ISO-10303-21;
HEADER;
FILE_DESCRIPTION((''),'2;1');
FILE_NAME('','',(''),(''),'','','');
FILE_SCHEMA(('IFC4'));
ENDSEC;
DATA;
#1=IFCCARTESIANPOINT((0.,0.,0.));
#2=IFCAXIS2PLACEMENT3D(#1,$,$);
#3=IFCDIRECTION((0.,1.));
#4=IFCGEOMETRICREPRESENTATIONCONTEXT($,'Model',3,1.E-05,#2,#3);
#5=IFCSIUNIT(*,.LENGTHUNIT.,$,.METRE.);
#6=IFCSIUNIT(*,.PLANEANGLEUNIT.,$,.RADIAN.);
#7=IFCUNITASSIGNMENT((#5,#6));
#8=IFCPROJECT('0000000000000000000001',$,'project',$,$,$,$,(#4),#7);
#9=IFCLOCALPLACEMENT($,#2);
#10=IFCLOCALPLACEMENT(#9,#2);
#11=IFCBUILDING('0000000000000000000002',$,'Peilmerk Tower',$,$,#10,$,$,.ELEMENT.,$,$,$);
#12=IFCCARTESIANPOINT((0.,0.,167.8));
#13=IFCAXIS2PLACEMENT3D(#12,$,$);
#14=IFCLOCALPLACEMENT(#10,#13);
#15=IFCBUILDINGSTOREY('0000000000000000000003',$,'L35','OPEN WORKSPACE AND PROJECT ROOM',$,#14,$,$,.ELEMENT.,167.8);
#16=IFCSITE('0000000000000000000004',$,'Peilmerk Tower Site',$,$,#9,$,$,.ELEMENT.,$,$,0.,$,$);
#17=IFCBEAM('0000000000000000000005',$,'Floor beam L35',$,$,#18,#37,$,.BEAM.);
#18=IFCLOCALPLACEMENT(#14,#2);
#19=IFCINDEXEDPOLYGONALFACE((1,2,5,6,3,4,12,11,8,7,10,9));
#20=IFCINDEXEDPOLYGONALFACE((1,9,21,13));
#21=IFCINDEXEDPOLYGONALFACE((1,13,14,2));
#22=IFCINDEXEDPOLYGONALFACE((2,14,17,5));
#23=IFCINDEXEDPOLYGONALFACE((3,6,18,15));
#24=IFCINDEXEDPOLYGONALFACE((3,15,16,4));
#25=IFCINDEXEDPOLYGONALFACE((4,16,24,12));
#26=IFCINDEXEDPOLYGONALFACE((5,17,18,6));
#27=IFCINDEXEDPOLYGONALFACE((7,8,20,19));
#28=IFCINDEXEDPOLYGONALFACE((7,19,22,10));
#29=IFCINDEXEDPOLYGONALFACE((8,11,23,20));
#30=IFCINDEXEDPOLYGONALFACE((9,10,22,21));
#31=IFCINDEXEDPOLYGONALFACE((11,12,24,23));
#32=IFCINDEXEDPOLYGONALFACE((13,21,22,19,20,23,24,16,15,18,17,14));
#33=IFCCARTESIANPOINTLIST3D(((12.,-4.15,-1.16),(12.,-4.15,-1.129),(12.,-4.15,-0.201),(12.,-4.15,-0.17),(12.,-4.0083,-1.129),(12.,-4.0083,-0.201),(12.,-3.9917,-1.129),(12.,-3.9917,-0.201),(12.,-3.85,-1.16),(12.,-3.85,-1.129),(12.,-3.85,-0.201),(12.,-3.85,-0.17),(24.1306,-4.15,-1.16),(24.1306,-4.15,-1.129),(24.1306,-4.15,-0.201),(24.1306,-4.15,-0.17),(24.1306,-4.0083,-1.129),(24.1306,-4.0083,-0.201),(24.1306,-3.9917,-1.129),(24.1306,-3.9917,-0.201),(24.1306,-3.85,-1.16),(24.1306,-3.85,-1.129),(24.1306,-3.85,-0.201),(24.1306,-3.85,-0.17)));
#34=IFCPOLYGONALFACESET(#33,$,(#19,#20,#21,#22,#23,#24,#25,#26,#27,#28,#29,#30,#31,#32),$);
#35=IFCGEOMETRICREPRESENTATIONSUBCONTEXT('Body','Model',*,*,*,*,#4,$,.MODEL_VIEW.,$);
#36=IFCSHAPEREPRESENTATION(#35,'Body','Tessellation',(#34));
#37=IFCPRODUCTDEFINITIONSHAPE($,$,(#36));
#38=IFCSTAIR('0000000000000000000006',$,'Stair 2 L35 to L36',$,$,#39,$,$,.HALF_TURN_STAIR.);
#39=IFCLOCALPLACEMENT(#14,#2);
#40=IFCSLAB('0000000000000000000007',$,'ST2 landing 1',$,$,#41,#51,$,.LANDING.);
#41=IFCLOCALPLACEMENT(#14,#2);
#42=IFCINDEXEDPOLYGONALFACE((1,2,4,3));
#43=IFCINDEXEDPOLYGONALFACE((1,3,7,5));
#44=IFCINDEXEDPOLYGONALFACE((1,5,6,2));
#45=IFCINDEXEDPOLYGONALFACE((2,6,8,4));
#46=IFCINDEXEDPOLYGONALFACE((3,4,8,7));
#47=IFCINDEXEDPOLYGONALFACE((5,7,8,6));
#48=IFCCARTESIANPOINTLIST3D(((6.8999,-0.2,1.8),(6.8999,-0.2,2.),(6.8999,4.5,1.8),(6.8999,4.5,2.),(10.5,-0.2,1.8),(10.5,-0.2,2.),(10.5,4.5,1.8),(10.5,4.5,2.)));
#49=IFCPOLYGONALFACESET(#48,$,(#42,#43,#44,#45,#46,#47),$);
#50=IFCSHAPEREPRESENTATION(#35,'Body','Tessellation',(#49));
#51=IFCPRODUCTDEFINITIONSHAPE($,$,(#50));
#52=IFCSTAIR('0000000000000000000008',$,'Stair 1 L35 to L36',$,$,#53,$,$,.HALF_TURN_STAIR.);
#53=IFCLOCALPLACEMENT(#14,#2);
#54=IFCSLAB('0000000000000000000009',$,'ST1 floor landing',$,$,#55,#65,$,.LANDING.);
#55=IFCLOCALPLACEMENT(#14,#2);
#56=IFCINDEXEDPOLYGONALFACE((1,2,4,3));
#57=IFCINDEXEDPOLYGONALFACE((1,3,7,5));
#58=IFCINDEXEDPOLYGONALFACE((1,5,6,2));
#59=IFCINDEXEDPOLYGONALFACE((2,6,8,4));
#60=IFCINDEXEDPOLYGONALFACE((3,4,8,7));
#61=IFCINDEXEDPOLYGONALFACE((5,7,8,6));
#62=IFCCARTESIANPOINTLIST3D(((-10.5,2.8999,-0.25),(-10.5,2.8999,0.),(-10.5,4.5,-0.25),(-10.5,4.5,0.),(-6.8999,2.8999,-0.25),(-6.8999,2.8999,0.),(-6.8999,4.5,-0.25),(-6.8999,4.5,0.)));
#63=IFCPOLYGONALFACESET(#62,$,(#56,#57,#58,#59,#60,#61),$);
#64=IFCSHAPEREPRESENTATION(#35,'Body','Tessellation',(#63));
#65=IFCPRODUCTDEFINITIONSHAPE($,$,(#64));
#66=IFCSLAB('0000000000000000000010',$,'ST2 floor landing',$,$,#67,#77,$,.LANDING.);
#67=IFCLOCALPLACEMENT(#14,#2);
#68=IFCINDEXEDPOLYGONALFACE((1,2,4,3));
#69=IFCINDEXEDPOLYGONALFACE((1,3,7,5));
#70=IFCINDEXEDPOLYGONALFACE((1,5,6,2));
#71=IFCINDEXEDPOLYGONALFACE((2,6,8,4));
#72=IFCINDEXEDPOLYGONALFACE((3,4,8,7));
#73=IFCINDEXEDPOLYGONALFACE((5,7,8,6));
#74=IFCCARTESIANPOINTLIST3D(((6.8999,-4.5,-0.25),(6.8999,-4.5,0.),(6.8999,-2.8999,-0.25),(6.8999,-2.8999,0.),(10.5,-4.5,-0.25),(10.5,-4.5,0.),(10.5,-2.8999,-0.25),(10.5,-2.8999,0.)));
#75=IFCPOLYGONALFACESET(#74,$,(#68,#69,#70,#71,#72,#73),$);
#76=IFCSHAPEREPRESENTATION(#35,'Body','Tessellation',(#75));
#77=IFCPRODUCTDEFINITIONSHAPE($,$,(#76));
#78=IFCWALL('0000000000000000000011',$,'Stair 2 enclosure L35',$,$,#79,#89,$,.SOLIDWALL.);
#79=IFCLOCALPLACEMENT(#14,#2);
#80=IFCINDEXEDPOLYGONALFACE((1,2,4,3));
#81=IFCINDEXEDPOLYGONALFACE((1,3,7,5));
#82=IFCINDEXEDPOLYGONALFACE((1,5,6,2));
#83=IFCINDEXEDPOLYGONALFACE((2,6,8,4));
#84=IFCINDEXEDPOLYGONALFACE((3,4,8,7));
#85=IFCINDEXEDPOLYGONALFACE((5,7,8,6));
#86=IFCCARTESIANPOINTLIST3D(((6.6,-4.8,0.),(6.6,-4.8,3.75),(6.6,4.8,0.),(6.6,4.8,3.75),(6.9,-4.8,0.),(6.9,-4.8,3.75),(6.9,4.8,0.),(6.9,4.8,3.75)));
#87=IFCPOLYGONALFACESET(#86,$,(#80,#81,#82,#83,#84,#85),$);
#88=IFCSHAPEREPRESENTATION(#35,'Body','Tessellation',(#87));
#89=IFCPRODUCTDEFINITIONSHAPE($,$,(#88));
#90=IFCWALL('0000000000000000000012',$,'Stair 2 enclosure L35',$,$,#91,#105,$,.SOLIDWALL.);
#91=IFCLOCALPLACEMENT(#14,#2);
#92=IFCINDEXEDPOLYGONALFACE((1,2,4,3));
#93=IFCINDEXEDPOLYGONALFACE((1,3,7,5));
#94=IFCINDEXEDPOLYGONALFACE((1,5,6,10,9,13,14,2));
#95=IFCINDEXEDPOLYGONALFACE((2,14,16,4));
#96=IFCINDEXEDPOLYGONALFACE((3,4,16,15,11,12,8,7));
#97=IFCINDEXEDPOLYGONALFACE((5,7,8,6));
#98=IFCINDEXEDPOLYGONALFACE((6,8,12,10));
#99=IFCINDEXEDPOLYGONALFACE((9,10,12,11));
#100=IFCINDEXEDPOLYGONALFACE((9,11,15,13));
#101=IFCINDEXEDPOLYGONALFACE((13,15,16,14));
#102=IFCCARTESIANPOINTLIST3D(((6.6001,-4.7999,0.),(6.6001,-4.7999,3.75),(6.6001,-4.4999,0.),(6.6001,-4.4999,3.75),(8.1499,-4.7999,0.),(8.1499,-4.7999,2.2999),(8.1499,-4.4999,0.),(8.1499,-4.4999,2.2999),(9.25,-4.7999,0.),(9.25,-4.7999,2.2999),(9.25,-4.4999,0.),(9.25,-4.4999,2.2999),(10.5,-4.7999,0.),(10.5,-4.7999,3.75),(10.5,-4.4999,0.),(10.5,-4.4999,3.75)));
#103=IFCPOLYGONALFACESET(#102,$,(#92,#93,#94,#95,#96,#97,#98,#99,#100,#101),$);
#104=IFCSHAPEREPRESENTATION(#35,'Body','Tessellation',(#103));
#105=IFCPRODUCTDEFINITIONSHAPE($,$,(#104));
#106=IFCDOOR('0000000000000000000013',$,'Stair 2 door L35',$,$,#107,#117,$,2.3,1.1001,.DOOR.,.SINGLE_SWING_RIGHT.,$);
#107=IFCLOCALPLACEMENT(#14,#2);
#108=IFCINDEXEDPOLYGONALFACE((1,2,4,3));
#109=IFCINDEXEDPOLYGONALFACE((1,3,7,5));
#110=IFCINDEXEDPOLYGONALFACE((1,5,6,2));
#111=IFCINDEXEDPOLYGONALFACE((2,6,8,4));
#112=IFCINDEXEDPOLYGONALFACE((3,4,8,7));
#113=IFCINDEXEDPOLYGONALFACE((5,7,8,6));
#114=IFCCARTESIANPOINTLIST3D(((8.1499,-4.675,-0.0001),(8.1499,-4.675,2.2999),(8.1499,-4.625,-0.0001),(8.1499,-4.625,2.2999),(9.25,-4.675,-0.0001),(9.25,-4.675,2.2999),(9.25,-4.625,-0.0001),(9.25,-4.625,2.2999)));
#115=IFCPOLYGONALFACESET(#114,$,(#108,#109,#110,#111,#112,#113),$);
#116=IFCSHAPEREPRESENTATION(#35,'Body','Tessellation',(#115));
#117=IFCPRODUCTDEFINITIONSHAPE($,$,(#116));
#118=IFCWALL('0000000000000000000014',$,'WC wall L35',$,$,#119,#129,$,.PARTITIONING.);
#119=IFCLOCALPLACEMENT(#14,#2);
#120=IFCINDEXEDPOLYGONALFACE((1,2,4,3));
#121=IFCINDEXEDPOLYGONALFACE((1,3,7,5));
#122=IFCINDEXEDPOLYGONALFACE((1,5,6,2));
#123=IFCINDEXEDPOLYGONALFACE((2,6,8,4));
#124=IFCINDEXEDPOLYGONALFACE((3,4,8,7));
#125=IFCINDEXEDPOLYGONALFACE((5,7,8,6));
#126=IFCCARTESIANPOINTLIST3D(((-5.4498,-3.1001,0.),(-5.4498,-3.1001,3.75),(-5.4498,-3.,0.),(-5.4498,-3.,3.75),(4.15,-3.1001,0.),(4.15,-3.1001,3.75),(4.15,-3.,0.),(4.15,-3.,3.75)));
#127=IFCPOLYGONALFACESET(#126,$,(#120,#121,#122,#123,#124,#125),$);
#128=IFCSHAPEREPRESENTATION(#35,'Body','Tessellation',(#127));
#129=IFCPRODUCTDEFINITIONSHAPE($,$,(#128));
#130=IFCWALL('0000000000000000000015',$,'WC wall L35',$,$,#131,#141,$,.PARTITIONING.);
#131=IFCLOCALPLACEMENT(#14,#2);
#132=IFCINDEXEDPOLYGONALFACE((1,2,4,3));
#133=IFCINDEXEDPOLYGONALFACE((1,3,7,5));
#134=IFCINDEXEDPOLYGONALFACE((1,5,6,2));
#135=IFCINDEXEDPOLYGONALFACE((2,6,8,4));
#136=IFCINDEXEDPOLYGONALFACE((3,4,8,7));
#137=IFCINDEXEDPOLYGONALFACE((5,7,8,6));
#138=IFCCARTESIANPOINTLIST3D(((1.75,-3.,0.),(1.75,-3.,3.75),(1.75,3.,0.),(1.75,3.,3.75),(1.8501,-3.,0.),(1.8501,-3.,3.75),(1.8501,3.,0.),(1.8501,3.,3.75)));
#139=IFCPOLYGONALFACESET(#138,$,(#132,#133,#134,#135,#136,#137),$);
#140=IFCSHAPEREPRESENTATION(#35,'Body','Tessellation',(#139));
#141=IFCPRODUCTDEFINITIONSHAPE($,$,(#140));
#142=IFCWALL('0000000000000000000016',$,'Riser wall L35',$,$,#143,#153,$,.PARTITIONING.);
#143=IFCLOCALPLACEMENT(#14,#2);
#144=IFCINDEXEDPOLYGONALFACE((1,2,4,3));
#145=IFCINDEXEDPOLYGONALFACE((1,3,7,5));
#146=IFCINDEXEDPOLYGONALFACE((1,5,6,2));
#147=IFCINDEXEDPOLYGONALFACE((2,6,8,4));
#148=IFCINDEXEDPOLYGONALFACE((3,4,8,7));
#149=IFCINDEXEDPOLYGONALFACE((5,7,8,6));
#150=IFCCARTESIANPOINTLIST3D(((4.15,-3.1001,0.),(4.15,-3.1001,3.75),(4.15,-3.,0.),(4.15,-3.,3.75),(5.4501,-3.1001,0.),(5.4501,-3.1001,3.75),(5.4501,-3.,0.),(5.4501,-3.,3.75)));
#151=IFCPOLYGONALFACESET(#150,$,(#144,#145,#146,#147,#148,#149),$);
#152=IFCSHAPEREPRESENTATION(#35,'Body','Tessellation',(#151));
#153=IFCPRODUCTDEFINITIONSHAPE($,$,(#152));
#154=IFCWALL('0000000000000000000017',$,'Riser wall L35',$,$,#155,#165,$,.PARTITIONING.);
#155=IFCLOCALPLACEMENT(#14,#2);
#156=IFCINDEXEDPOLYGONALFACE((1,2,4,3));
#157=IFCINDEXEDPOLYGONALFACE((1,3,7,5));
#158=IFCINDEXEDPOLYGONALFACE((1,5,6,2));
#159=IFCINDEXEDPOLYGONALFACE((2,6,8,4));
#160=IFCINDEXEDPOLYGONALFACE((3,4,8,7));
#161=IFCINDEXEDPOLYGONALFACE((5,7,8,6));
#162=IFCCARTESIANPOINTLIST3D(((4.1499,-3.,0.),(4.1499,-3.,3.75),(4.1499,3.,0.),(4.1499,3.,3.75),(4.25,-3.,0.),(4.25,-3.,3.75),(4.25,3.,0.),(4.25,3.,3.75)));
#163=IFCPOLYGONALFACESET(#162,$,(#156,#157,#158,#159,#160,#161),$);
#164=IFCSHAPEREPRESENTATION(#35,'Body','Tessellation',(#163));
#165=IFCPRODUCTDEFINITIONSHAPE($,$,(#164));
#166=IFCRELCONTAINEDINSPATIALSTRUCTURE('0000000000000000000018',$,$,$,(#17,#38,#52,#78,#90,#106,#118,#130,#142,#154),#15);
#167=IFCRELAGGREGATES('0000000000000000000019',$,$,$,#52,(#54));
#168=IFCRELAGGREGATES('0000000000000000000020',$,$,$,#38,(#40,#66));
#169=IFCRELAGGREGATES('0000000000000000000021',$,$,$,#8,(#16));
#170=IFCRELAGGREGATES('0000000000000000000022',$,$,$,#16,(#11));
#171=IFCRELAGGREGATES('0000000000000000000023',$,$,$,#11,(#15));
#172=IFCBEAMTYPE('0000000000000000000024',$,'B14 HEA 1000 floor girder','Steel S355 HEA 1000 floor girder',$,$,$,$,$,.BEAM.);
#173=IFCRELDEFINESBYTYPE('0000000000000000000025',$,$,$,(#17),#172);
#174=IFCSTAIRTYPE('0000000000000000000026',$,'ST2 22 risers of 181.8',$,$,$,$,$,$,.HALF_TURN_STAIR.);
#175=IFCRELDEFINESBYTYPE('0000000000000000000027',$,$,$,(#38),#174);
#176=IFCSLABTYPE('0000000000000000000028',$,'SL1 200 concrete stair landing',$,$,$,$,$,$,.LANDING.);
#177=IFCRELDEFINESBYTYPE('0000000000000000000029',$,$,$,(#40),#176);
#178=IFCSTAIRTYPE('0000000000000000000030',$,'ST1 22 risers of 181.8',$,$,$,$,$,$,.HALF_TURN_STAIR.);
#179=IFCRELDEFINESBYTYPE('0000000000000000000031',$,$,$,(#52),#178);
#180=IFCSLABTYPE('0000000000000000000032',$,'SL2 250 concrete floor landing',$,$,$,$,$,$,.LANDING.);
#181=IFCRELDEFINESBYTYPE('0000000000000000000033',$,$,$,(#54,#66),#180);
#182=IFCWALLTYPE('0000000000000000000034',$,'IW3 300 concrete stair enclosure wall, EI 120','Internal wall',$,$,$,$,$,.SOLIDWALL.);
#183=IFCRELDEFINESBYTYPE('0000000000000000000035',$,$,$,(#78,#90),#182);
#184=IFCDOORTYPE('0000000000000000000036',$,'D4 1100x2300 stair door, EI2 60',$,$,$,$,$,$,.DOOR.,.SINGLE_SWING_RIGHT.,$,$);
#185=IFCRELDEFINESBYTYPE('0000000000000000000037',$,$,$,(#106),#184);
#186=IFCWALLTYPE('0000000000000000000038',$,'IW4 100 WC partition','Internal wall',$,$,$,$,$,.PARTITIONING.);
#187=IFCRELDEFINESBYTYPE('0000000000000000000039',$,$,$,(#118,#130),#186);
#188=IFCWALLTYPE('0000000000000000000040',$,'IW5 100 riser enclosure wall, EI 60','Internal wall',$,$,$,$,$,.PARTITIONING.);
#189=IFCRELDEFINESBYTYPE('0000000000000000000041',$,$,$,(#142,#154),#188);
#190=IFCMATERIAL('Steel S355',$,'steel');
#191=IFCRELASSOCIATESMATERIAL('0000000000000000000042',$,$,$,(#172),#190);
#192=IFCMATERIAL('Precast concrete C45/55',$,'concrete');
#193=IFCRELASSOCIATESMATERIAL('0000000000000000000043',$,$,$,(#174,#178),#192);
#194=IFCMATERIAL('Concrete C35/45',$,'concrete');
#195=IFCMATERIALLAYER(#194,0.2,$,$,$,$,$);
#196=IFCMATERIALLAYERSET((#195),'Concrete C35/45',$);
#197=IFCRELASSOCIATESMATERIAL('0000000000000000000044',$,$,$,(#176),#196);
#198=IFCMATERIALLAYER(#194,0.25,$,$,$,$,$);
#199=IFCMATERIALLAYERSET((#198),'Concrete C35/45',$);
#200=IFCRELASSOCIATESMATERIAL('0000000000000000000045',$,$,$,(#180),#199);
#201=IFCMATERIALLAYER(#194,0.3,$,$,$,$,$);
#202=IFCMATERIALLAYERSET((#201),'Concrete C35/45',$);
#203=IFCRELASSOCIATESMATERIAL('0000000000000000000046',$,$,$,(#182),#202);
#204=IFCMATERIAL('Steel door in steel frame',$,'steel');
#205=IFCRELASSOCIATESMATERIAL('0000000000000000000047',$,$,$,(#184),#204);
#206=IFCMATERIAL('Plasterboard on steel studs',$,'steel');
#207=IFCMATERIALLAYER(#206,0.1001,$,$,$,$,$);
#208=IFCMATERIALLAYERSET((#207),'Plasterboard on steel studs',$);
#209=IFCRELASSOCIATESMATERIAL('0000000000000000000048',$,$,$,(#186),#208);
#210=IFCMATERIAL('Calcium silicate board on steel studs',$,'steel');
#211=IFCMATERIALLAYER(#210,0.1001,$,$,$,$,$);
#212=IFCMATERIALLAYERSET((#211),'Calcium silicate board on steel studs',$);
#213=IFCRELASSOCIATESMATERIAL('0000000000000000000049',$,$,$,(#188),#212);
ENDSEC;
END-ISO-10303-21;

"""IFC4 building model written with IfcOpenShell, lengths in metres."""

from ifc_helpers import new_model, si_unit, direction, frame, frame_2d, origin, origin_2d, place, context, subcontext, project, spatial, polyline, rectangle, i_section, outline, extrude, material, layer, layer_set, material_profile, profile_set, type_object, element, fill, aggregate, save


model = new_model("IFC4")

# Units and contexts
model_context = context("Model", 3, precision=1e-05, world=origin(), true_north=direction((0.0, 1.0)))
body_context = subcontext(model_context, "Body", "Model", "MODEL_VIEW")
ifc_project = project(units=[si_unit("LENGTHUNIT", "METRE"), si_unit("PLANEANGLEUNIT", "RADIAN")], contexts=[model_context])

# Site, building, storey
site_placement = place(None, origin())
site = spatial("IfcSite", under=ifc_project, at=site_placement, Name="Peilmerk Tower Site", CompositionType="ELEMENT", RefElevation=0.0)
building_placement = place(site_placement, origin())
building = spatial("IfcBuilding", under=site, at=building_placement, Name="Peilmerk Tower", CompositionType="ELEMENT")
storey_placement = place(building_placement, frame((0.0, 0.0, 167.8)))
storey = spatial("IfcBuildingStorey", under=building, at=storey_placement, Name="L35", Description="OPEN WORKSPACE AND PROJECT ROOM", CompositionType="ELEMENT", Elevation=167.8)

# Beam
ifc_material_1 = material(Name="Steel S355", Category="steel")
ifc_material_profile = material_profile(ifc_material_1, i_section(OverallWidth=0.3, OverallDepth=0.99, WebThickness=0.0166, FlangeThickness=0.031, at=origin_2d()), Name="HEA 1000")
ifc_profile_set = profile_set([ifc_material_profile], Name="Steel S355")
beam_type = type_object("IfcBeamType", Name="B14 HEA 1000 floor girder", Description="Steel S355 HEA 1000 floor girder", PredefinedType="BEAM", material=ifc_profile_set)
beam_placement = place(storey_placement, frame((12.0, -4.0, -0.665), z_axis=(1.0, 0.0, 0.0), x_axis=(0.0, 1.0, 0.0)))
element("IfcBeam", 1, at=beam_placement, inside=storey, type_object=beam_type, Name="Floor beam L35", PredefinedType="BEAM", context=body_context, shape_type="SweptSolid", body=[
    extrude(i_section(OverallWidth=0.3, OverallDepth=0.99, WebThickness=0.0166, FlangeThickness=0.031, at=origin_2d()), origin(), (0.0, 0.0, 1.0), 12.1306),
])

# Stairs, slabs
ifc_material_2 = material(Name="Precast concrete C45/55", Category="concrete")
stair_type_1 = type_object("IfcStairType", Name="ST2 22 risers of 181.8", PredefinedType="HALF_TURN_STAIR", material=ifc_material_2)
stair_1_placement = place(storey_placement, origin())
stair_1 = element("IfcStair", 2, at=stair_1_placement, inside=storey, type_object=stair_type_1, Name="Stair 2 L35 to L36", PredefinedType="HALF_TURN_STAIR")
ifc_material_3 = material(Name="Concrete C35/45", Category="concrete")
ifc_layer_1 = layer(ifc_material_3, 0.2)
ifc_layer_set_1 = layer_set([ifc_layer_1], Name="Concrete C35/45")
slab_type_1 = type_object("IfcSlabType", Name="SL1 200 concrete stair landing", PredefinedType="LANDING", material=ifc_layer_set_1)
slab_1_placement = place(storey_placement, frame((0.0, 0.0, 1.8)))
slab_1 = element("IfcSlab", 3, at=slab_1_placement, type_object=slab_type_1, Name="ST2 landing 1", PredefinedType="LANDING", context=body_context, shape_type="SweptSolid", body=[
    extrude(outline(polyline([(6.8999, -0.2), (10.5, -0.2), (10.5, 4.5), (6.8999, 4.5), (6.8999, -0.2)])), origin(), (0.0, 0.0, 1.0), 0.2),
])
stair_type_2 = type_object("IfcStairType", Name="ST1 22 risers of 181.8", PredefinedType="HALF_TURN_STAIR", material=ifc_material_2)
stair_2_placement = place(storey_placement, origin())
stair_2 = element("IfcStair", 4, at=stair_2_placement, inside=storey, type_object=stair_type_2, Name="Stair 1 L35 to L36", PredefinedType="HALF_TURN_STAIR")
ifc_layer_2 = layer(ifc_material_3, 0.25)
ifc_layer_set_2 = layer_set([ifc_layer_2], Name="Concrete C35/45")
slab_type_2 = type_object("IfcSlabType", Name="SL2 250 concrete floor landing", PredefinedType="LANDING", material=ifc_layer_set_2)
slab_2_placement = place(storey_placement, frame((0.0, 0.0, -0.25)))
slab_2 = element("IfcSlab", 5, at=slab_2_placement, type_object=slab_type_2, Name="ST1 floor landing", PredefinedType="LANDING", context=body_context, shape_type="SweptSolid", body=[
    extrude(outline(polyline([(-10.5, 2.8999), (-6.8999, 2.8999), (-6.8999, 4.5), (-10.5, 4.5), (-10.5, 2.8999)])), origin(), (0.0, 0.0, 1.0), 0.25),
])
aggregate(stair_2, [slab_2])

# Slab
slab_3_placement = place(storey_placement, frame((0.0, 0.0, -0.25)))
slab_3 = element("IfcSlab", 6, at=slab_3_placement, type_object=slab_type_2, Name="ST2 floor landing", PredefinedType="LANDING", context=body_context, shape_type="SweptSolid", body=[
    extrude(outline(polyline([(6.8999, -4.5), (10.5, -4.5), (10.5, -2.8999), (6.8999, -2.8999), (6.8999, -4.5)])), origin(), (0.0, 0.0, 1.0), 0.25),
])

# Wall
ifc_layer_3 = layer(ifc_material_3, 0.3)
ifc_layer_set_3 = layer_set([ifc_layer_3], Name="Concrete C35/45")
wall_type_1 = type_object("IfcWallType", Name="IW3 300 concrete stair enclosure wall, EI 120", Description="Internal wall", PredefinedType="SOLIDWALL", material=ifc_layer_set_3)
wall_1_placement = place(storey_placement, frame((6.75, -4.8, 0.0), z_axis=(0.0, 0.0, 1.0), x_axis=(0.0, 1.0, 0.0)))
element("IfcWall", 7, at=wall_1_placement, inside=storey, type_object=wall_type_1, Name="Stair 2 enclosure L35", PredefinedType="SOLIDWALL", context=body_context, shape_type="SweptSolid", body=[
    extrude(rectangle(XDim=9.6001, YDim=0.3, at=frame_2d((4.8, 0.0))), origin(), (0.0, 0.0, 1.0), 3.75),
])

# Wall, opening, door
wall_2_placement = place(storey_placement, frame((10.5, -4.6499, 0.0), z_axis=(0.0, 0.0, 1.0), x_axis=(-1.0, 0.0, 0.0)))
wall_2 = element("IfcWall", 8, at=wall_2_placement, inside=storey, type_object=wall_type_1, Name="Stair 2 enclosure L35", PredefinedType="SOLIDWALL", context=body_context, shape_type="SweptSolid", body=[
    extrude(rectangle(XDim=3.8999, YDim=0.3, at=frame_2d((1.95, 0.0))), origin(), (0.0, 0.0, 1.0), 3.75),
])
opening_1_placement = place(wall_2_placement, frame((1.25, 0.0, 0.0)))
opening_1 = element("IfcOpeningElement", 9, at=opening_1_placement, cuts=wall_2, PredefinedType="OPENING", context=body_context, shape_type="SweptSolid", body=[
    extrude(rectangle(XDim=1.1001, YDim=2.3, at=frame_2d((0.55, 1.1499))), frame((0.0, 0.1599, 0.0), z_axis=(0.0, -1.0, 0.0), x_axis=(1.0, 0.0, 0.0)), (0.0, 0.0, 1.0), 0.3201),
])
ifc_material_4 = material(Name="Steel door in steel frame", Category="steel")
door_type_1 = type_object("IfcDoorType", Name="D4 1100x2300 stair door, EI2 60", OperationType="SINGLE_SWING_RIGHT", PredefinedType="DOOR", material=ifc_material_4)
door_1_placement = place(opening_1_placement, frame((1.1001, 0.0, 0.0), z_axis=(0.0, 0.0, 1.0), x_axis=(-1.0, 0.0, 0.0)))
door_1 = element("IfcDoor", 10, at=door_1_placement, inside=storey, type_object=door_type_1, Name="Stair 2 door L35", OperationType="SINGLE_SWING_RIGHT", OverallHeight=2.3, OverallWidth=1.1001, PredefinedType="DOOR", context=body_context, shape_type="SweptSolid", body=[
    extrude(rectangle(XDim=1.1001, YDim=2.3, at=frame_2d((0.55, 1.1499))), frame((0.0, 0.0249, 0.0), z_axis=(0.0, -1.0, 0.0), x_axis=(1.0, 0.0, 0.0)), (0.0, 0.0, 1.0), 0.05),
])
fill(opening_1, door_1)

# Walls
ifc_material_5 = material(Name="Plasterboard on steel studs", Category="steel")
ifc_layer_4 = layer(ifc_material_5, 0.1001)
ifc_layer_set_4 = layer_set([ifc_layer_4], Name="Plasterboard on steel studs")
wall_type_2 = type_object("IfcWallType", Name="IW4 100 WC partition", Description="Internal wall", PredefinedType="PARTITIONING", material=ifc_layer_set_4)
wall_3_placement = place(storey_placement, frame((4.1499, -3.05, 0.0), z_axis=(0.0, 0.0, 1.0), x_axis=(-1.0, 0.0, 0.0)))
element("IfcWall", 11, at=wall_3_placement, inside=storey, type_object=wall_type_2, Name="WC wall L35", PredefinedType="PARTITIONING", context=body_context, shape_type="SweptSolid", body=[
    extrude(rectangle(XDim=9.5999, YDim=0.1001, at=frame_2d((4.7998, 0.0))), origin(), (0.0, 0.0, 1.0), 3.75),
])
wall_4_placement = place(storey_placement, frame((1.8, -3.0, 0.0), z_axis=(0.0, 0.0, 1.0), x_axis=(0.0, 1.0, 0.0)))
element("IfcWall", 12, at=wall_4_placement, inside=storey, type_object=wall_type_2, Name="WC wall L35", PredefinedType="PARTITIONING", context=body_context, shape_type="SweptSolid", body=[
    extrude(rectangle(XDim=6.0, YDim=0.1001, at=frame_2d((3.0, 0.0))), origin(), (0.0, 0.0, 1.0), 3.75),
])
ifc_material_6 = material(Name="Calcium silicate board on steel studs", Category="steel")
ifc_layer_5 = layer(ifc_material_6, 0.1001)
ifc_layer_set_5 = layer_set([ifc_layer_5], Name="Calcium silicate board on steel studs")
wall_type_3 = type_object("IfcWallType", Name="IW5 100 riser enclosure wall, EI 60", Description="Internal wall", PredefinedType="PARTITIONING", material=ifc_layer_set_5)
wall_5_placement = place(storey_placement, frame((5.45, -3.05, 0.0), z_axis=(0.0, 0.0, 1.0), x_axis=(-1.0, 0.0, 0.0)))
element("IfcWall", 13, at=wall_5_placement, inside=storey, type_object=wall_type_3, Name="Riser wall L35", PredefinedType="PARTITIONING", context=body_context, shape_type="SweptSolid", body=[
    extrude(rectangle(XDim=1.3, YDim=0.1001, at=frame_2d((0.6499, 0.0))), origin(), (0.0, 0.0, 1.0), 3.75),
])
wall_6_placement = place(storey_placement, frame((4.2, -3.0, 0.0), z_axis=(0.0, 0.0, 1.0), x_axis=(0.0, 1.0, 0.0)))
element("IfcWall", 14, at=wall_6_placement, inside=storey, type_object=wall_type_3, Name="Riser wall L35", PredefinedType="PARTITIONING", context=body_context, shape_type="SweptSolid", body=[
    extrude(rectangle(XDim=6.0, YDim=0.1001, at=frame_2d((3.0, 0.0))), origin(), (0.0, 0.0, 1.0), 3.75),
])

aggregate(stair_1, [slab_1, slab_3])

save(model, "model.ifc")
